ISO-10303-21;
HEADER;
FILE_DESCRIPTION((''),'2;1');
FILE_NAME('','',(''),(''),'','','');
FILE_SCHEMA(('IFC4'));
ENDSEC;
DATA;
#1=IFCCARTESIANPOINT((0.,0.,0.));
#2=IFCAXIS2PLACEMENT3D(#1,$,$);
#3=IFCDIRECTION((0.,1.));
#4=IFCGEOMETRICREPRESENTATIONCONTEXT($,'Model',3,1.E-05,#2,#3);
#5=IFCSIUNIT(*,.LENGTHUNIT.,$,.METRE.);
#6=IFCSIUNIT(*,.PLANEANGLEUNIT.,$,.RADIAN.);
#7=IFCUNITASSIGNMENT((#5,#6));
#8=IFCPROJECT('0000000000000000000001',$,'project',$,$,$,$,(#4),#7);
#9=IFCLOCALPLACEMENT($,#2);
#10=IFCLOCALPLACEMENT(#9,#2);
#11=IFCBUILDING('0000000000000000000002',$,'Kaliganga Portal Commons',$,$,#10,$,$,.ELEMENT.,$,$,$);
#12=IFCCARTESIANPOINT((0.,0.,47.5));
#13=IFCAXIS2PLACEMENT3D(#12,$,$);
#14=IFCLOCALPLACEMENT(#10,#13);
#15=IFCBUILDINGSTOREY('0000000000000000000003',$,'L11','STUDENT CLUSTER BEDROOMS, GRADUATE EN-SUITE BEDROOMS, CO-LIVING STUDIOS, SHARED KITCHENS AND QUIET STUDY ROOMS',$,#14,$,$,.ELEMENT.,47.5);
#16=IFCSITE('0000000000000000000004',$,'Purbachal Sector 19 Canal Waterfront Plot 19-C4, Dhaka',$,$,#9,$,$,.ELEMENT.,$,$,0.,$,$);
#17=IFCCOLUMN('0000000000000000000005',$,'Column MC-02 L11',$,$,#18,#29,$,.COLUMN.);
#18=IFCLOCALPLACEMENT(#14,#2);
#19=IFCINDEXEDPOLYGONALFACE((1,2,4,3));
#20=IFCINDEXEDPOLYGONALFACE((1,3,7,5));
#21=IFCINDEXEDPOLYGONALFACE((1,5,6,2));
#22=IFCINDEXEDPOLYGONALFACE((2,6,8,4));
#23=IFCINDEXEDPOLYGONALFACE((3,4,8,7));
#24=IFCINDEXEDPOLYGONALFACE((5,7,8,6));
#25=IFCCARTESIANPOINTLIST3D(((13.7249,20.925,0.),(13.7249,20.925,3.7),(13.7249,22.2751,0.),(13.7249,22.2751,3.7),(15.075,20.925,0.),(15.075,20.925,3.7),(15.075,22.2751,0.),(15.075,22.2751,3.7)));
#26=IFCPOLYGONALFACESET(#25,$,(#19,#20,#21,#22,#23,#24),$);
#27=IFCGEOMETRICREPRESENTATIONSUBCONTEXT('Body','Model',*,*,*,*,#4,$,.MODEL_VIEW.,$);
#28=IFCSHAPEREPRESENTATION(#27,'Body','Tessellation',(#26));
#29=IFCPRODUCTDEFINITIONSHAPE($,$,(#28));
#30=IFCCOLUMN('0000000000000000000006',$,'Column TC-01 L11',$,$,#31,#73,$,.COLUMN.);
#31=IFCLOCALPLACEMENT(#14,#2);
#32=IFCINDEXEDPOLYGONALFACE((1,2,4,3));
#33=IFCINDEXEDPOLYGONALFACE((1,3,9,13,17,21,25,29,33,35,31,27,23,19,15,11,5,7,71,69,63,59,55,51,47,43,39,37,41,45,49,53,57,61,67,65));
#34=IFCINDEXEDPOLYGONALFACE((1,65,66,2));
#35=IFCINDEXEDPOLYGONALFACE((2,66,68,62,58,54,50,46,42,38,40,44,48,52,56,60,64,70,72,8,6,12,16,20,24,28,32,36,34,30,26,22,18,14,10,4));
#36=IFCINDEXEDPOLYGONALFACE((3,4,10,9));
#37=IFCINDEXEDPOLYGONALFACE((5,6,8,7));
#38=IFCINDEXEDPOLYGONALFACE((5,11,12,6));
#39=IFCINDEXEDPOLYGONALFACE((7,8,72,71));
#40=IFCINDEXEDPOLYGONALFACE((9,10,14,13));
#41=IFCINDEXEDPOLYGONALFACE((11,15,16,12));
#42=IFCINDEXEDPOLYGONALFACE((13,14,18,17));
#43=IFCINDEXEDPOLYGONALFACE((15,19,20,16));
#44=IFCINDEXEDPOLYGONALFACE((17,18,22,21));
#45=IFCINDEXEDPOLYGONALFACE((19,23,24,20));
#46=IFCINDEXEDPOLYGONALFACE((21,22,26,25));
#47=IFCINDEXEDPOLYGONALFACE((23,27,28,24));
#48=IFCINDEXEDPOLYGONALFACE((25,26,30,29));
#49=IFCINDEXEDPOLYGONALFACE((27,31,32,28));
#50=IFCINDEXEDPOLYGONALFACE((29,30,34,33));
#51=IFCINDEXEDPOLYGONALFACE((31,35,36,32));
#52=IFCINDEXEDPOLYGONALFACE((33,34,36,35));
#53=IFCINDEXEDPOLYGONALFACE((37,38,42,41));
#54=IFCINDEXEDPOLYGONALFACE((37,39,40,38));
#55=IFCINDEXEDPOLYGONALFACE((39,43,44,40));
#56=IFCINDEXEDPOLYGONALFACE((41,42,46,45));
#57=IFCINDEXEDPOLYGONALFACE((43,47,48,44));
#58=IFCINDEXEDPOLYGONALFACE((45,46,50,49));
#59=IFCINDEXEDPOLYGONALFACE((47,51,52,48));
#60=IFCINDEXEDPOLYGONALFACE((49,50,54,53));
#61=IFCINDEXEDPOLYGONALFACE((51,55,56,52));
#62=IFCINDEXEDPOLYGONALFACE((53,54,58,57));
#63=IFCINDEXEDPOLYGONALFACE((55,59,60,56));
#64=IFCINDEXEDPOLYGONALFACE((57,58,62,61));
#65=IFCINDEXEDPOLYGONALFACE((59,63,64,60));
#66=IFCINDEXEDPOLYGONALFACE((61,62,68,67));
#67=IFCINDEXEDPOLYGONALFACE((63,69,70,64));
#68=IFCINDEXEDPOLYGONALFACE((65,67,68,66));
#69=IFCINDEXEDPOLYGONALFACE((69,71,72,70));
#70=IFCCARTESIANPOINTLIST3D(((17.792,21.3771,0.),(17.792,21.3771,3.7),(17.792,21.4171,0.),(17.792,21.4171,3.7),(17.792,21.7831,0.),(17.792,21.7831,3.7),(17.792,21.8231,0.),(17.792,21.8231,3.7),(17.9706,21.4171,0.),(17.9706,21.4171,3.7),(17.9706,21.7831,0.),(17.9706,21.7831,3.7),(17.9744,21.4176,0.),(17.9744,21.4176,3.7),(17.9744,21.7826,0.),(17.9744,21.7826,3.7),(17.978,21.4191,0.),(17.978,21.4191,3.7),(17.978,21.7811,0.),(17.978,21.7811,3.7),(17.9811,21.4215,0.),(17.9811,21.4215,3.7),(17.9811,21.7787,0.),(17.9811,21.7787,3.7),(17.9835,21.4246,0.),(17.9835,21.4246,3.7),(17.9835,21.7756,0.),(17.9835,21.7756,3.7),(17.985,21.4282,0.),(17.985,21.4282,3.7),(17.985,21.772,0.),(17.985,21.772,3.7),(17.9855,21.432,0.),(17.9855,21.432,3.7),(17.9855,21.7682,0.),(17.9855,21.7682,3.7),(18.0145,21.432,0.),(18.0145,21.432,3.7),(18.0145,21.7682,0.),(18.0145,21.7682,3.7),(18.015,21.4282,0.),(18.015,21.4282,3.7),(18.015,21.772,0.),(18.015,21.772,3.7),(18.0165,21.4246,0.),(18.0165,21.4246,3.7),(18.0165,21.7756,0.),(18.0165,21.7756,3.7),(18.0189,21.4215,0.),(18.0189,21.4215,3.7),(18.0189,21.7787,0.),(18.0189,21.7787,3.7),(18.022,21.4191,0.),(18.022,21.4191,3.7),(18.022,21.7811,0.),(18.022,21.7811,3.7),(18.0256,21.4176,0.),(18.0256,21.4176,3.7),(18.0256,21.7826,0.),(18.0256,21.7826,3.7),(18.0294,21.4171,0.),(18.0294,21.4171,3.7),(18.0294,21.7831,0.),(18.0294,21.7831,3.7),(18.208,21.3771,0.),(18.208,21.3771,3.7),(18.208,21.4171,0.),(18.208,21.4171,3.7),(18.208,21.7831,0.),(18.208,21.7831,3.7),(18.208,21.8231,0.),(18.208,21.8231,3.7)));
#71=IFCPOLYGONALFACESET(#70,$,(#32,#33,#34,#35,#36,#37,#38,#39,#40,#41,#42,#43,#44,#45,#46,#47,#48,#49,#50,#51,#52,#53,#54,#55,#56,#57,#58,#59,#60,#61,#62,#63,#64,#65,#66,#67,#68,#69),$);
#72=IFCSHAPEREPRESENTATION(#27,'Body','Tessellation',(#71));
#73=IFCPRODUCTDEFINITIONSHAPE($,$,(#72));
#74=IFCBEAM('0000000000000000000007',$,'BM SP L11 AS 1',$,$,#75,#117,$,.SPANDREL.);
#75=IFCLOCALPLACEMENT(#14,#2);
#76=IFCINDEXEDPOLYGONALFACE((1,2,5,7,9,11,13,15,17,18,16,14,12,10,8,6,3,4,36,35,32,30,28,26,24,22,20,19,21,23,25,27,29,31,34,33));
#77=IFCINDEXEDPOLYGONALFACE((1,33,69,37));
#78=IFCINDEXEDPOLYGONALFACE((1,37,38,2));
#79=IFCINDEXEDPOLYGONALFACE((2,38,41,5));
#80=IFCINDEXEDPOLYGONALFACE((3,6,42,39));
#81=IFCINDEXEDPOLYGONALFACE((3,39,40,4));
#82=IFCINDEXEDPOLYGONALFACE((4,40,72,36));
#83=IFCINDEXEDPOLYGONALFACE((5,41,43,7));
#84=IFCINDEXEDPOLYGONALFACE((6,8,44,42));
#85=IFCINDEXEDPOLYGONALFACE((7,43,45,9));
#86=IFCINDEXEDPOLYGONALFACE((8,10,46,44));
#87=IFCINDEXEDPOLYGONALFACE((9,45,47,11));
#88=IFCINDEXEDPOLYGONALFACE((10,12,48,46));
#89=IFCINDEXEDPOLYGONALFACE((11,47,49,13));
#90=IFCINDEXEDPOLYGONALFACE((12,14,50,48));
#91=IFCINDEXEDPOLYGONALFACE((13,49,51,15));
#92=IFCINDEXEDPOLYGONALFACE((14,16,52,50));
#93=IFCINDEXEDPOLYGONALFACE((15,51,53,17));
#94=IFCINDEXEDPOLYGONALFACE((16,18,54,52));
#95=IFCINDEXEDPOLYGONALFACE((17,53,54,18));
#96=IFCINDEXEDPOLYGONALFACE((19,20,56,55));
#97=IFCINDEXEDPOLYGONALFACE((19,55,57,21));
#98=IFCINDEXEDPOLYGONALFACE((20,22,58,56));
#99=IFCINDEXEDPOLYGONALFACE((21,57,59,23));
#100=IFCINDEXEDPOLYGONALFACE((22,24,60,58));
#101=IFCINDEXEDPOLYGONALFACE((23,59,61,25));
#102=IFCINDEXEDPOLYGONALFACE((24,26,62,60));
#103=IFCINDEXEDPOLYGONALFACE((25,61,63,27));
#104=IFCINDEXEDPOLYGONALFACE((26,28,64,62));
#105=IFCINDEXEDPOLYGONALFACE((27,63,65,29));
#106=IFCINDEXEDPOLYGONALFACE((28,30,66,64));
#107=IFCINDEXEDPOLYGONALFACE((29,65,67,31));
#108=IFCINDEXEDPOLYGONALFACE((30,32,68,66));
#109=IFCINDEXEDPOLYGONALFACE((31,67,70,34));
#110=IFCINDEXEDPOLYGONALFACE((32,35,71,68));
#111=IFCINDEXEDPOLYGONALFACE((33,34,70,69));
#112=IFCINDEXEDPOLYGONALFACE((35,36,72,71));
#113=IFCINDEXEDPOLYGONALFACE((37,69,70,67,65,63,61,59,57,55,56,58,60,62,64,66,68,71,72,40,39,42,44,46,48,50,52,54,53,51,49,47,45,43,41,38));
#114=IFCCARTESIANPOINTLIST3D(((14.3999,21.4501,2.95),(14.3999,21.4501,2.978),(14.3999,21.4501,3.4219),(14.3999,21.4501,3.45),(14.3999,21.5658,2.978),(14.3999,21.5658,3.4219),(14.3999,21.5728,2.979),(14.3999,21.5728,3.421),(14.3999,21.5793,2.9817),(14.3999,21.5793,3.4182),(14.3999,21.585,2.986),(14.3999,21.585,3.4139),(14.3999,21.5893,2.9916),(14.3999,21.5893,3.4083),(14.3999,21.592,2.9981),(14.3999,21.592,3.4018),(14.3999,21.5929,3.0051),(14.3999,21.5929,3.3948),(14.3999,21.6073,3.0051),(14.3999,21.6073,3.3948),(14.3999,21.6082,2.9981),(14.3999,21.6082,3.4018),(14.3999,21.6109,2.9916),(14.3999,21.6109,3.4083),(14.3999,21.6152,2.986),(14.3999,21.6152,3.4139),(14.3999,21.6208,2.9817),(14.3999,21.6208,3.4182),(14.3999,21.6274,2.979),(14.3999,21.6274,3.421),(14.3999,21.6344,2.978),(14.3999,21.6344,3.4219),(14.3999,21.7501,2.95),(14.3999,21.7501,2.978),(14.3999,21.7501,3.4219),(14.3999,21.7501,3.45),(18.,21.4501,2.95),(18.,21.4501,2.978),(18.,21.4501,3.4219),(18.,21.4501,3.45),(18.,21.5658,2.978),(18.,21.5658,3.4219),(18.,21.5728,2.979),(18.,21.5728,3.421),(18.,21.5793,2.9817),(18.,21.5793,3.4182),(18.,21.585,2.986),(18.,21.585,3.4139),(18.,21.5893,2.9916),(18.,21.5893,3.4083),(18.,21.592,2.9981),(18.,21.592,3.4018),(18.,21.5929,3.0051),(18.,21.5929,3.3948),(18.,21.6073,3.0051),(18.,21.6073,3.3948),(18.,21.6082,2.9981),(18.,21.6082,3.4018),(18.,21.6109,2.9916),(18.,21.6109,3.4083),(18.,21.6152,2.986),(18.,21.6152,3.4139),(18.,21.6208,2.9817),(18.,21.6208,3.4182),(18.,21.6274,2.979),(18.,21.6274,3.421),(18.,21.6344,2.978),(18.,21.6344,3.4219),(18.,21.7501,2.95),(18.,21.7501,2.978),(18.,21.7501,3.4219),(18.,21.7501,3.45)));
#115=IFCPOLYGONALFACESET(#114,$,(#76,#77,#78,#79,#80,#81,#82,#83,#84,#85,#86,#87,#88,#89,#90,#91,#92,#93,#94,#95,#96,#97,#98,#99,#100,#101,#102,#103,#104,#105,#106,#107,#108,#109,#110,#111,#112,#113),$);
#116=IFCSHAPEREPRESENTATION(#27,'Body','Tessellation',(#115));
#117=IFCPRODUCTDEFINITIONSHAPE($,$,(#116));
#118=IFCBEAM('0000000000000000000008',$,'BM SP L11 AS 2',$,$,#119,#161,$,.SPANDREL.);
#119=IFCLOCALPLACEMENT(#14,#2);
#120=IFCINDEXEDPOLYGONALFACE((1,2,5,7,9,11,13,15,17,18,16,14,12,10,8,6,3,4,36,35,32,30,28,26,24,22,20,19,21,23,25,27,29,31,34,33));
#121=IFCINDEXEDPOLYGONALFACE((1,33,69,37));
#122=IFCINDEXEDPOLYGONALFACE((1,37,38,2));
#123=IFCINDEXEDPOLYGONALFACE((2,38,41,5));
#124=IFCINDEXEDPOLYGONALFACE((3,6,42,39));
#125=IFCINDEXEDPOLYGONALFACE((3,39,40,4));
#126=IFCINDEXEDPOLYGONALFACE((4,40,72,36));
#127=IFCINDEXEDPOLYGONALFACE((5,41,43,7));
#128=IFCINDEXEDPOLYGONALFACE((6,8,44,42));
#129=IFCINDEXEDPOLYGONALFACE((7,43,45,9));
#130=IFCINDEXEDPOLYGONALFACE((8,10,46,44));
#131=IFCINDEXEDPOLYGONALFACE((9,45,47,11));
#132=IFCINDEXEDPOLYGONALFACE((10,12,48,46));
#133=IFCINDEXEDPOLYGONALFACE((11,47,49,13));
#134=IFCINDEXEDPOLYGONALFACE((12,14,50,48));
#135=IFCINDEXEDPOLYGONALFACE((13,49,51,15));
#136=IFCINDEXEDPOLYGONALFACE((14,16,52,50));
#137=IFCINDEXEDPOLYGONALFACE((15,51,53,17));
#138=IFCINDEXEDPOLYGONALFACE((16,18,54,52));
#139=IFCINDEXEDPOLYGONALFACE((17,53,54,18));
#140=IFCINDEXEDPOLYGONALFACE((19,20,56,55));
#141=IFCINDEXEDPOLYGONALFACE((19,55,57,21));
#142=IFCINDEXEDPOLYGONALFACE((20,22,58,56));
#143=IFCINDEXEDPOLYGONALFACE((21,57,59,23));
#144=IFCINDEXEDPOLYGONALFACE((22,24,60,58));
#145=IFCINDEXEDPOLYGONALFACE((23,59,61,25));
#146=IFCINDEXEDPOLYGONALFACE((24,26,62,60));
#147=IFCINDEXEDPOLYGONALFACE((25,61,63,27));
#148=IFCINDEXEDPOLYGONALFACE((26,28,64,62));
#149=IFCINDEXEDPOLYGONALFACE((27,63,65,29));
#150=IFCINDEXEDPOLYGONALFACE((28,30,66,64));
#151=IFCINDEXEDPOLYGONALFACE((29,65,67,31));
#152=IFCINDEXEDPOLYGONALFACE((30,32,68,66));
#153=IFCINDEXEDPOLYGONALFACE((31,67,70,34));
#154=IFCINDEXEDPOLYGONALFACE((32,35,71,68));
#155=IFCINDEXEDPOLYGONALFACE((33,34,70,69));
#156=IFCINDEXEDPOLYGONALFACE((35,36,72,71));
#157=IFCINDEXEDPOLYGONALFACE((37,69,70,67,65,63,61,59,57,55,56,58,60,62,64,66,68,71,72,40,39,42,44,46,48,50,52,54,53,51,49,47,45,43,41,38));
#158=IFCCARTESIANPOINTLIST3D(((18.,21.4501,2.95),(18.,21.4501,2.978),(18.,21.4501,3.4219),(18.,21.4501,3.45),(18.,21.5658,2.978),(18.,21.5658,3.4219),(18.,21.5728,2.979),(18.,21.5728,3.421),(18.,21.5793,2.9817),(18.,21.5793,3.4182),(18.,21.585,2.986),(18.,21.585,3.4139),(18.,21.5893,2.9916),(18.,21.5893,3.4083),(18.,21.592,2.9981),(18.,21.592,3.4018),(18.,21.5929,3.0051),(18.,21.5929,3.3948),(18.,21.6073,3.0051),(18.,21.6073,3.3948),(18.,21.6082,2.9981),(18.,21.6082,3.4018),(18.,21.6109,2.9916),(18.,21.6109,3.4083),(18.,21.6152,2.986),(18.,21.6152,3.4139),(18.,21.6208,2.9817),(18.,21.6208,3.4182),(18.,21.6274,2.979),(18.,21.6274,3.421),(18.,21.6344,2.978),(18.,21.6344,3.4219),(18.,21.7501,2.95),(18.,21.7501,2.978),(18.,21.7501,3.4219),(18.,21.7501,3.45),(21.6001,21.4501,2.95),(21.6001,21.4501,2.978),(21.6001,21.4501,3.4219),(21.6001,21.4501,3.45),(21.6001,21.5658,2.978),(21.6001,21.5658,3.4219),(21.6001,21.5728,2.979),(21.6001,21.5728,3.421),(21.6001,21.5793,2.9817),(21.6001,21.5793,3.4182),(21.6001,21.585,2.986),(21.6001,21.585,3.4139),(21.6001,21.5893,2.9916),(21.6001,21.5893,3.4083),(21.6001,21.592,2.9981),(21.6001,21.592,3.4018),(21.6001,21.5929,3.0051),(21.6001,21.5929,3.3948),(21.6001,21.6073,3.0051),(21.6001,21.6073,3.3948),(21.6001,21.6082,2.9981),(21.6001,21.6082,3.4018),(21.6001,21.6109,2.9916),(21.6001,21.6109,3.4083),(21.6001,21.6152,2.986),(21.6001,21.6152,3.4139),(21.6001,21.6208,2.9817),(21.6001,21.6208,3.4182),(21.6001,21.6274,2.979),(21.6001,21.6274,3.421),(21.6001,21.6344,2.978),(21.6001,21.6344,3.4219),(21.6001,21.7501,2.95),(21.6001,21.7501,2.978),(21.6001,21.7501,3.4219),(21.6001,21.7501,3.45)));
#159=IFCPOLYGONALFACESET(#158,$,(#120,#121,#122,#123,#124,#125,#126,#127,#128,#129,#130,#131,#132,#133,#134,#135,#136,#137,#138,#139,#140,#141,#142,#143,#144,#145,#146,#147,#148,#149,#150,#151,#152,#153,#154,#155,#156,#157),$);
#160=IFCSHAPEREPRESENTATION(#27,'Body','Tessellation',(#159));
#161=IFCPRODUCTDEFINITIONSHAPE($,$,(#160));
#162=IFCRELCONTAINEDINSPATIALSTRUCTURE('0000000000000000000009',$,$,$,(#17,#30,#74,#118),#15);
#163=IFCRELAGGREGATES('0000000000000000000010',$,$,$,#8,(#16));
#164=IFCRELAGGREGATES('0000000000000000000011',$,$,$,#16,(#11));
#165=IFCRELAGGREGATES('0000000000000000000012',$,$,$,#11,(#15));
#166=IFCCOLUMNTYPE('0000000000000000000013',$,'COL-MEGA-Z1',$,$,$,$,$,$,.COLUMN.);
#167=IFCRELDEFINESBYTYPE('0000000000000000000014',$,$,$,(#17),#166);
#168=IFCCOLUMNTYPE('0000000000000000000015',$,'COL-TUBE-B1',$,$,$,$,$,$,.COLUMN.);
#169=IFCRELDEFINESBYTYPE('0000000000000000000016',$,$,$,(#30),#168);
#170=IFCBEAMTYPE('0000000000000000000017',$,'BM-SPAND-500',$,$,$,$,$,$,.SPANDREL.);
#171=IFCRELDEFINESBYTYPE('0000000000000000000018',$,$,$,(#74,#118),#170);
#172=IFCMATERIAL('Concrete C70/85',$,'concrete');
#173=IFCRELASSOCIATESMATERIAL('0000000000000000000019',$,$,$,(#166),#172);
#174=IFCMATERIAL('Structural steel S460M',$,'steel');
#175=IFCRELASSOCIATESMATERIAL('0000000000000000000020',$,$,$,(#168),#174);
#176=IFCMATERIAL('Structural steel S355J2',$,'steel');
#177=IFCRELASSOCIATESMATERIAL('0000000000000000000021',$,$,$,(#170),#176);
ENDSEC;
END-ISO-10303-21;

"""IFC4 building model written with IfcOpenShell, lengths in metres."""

from ifc_helpers import new_model, si_unit, direction, frame, origin, origin_2d, place, context, subcontext, project, spatial, rectangle, i_section, extrude, source, transform, mapped, material, material_profile, profile_set, type_object, element, save


model = new_model("IFC4")

# Units and contexts
model_context = context("Model", 3, precision=1e-05, world=origin(), true_north=direction((0.0, 1.0)))
body_context = subcontext(model_context, "Body", "Model", "MODEL_VIEW")
ifc_project = project(units=[si_unit("LENGTHUNIT", "METRE"), si_unit("PLANEANGLEUNIT", "RADIAN")], contexts=[model_context])

# Site, building, storey
site_placement = place(None, origin())
site = spatial("IfcSite", under=ifc_project, at=site_placement, Name="Purbachal Sector 19 Canal Waterfront Plot 19-C4, Dhaka", CompositionType="ELEMENT", RefElevation=0.0)
building_placement = place(site_placement, origin())
building = spatial("IfcBuilding", under=site, at=building_placement, Name="Kaliganga Portal Commons", CompositionType="ELEMENT")
storey_placement = place(building_placement, frame((0.0, 0.0, 47.5)))
storey = spatial("IfcBuildingStorey", under=building, at=storey_placement, Name="L11", Description="STUDENT CLUSTER BEDROOMS, GRADUATE EN-SUITE BEDROOMS, CO-LIVING STUDIOS, SHARED KITCHENS AND QUIET STUDY ROOMS", CompositionType="ELEMENT", Elevation=47.5)

# Columns
ifc_material_1 = material(Name="Concrete C70/85", Category="concrete")
ifc_material_profile_1 = material_profile(ifc_material_1, rectangle(XDim=1.3501, YDim=1.3501, at=origin_2d()), Name="RC 1350x1350")
ifc_profile_set_1 = profile_set([ifc_material_profile_1], Name="Concrete C70/85")
column_type_1 = type_object("IfcColumnType", Name="COL-MEGA-Z1", PredefinedType="COLUMN", material=ifc_profile_set_1)
shared_shape_1 = source(origin(), body_context, "Body", "SweptSolid", [
    extrude(rectangle(XDim=1.3501, YDim=1.3501, at=origin_2d()), origin(), (0.0, 0.0, 1.0), 3.7),
])
column_1_placement = place(storey_placement, frame((14.3999, 21.6001, 0.0), z_axis=(0.0, 0.0, 1.0), x_axis=(1.0, 0.0, 0.0)))
element("IfcColumn", 1, at=column_1_placement, inside=storey, type_object=column_type_1, Name="Column MC-02 L11", PredefinedType="COLUMN", context=body_context, shape_type="MappedRepresentation", body=[
    mapped(shared_shape_1, transform((0.0, 0.0, 0.0), x_axis=(1.0, 0.0, 0.0), y_axis=(0.0, 1.0, 0.0), z_axis=(0.0, 0.0, 1.0), scale=1.0)),
])
ifc_material_2 = material(Name="Structural steel S460M", Category="steel")
ifc_material_profile_2 = material_profile(ifc_material_2, i_section(OverallWidth=0.416, OverallDepth=0.446, WebThickness=0.0291, FlangeThickness=0.04, FilletRadius=0.0149, at=origin_2d()), Name="HD 400x509")
ifc_profile_set_2 = profile_set([ifc_material_profile_2], Name="Structural steel S460M wide-flange")
column_type_2 = type_object("IfcColumnType", Name="COL-TUBE-B1", PredefinedType="COLUMN", material=ifc_profile_set_2)
shared_shape_2 = source(origin(), body_context, "Body", "SweptSolid", [
    extrude(i_section(OverallWidth=0.416, OverallDepth=0.446, WebThickness=0.0291, FlangeThickness=0.04, FilletRadius=0.0149, at=origin_2d()), origin(), (0.0, 0.0, 1.0), 3.7),
])
column_2_placement = place(storey_placement, frame((18.0, 21.6001, 0.0), z_axis=(0.0, 0.0, 1.0), x_axis=(1.0, 0.0, 0.0)))
element("IfcColumn", 2, at=column_2_placement, inside=storey, type_object=column_type_2, Name="Column TC-01 L11", PredefinedType="COLUMN", context=body_context, shape_type="MappedRepresentation", body=[
    mapped(shared_shape_2, transform((0.0, 0.0, 0.0), x_axis=(1.0, 0.0, 0.0), y_axis=(0.0, 1.0, 0.0), z_axis=(0.0, 0.0, 1.0), scale=1.0)),
])

# Beams
ifc_material_3 = material(Name="Structural steel S355J2", Category="steel")
ifc_material_profile_3 = material_profile(ifc_material_3, i_section(OverallWidth=0.3, OverallDepth=0.5, WebThickness=0.0144, FlangeThickness=0.0281, FilletRadius=0.0271, at=origin_2d()), Name="HE 500 B")
ifc_profile_set_3 = profile_set([ifc_material_profile_3], Name="Structural steel S355J2 wide-flange")
beam_type_1 = type_object("IfcBeamType", Name="BM-SPAND-500", PredefinedType="SPANDREL", material=ifc_profile_set_3)
shared_shape_3 = source(origin(), body_context, "Body", "SweptSolid", [
    extrude(i_section(OverallWidth=0.3, OverallDepth=0.5, WebThickness=0.0144, FlangeThickness=0.0281, FilletRadius=0.0271, at=origin_2d()), origin(), (0.0, 0.0, 1.0), 3.6001),
])
for number, where, z_axis, x_axis, name in (
    (3, (14.3999, 21.6001, 3.2), (1.0, 0.0, 0.0), (0.0, 1.0, 0.0), "BM SP L11 AS 1"),
    (4, (18.0, 21.6001, 3.2), (1.0, 0.0, 0.0), (0.0, 1.0, 0.0), "BM SP L11 AS 2"),
):
    element("IfcBeam", number, at=place(storey_placement, frame(where, z_axis=z_axis, x_axis=x_axis)), inside=storey, type_object=beam_type_1, Name=name, PredefinedType="SPANDREL", context=body_context, shape_type="MappedRepresentation", body=[
        mapped(shared_shape_3, transform((0.0, 0.0, 0.0), x_axis=(1.0, 0.0, 0.0), y_axis=(0.0, 1.0, 0.0), z_axis=(0.0, 0.0, 1.0), scale=1.0)),
    ])

save(model, "model.ifc")
